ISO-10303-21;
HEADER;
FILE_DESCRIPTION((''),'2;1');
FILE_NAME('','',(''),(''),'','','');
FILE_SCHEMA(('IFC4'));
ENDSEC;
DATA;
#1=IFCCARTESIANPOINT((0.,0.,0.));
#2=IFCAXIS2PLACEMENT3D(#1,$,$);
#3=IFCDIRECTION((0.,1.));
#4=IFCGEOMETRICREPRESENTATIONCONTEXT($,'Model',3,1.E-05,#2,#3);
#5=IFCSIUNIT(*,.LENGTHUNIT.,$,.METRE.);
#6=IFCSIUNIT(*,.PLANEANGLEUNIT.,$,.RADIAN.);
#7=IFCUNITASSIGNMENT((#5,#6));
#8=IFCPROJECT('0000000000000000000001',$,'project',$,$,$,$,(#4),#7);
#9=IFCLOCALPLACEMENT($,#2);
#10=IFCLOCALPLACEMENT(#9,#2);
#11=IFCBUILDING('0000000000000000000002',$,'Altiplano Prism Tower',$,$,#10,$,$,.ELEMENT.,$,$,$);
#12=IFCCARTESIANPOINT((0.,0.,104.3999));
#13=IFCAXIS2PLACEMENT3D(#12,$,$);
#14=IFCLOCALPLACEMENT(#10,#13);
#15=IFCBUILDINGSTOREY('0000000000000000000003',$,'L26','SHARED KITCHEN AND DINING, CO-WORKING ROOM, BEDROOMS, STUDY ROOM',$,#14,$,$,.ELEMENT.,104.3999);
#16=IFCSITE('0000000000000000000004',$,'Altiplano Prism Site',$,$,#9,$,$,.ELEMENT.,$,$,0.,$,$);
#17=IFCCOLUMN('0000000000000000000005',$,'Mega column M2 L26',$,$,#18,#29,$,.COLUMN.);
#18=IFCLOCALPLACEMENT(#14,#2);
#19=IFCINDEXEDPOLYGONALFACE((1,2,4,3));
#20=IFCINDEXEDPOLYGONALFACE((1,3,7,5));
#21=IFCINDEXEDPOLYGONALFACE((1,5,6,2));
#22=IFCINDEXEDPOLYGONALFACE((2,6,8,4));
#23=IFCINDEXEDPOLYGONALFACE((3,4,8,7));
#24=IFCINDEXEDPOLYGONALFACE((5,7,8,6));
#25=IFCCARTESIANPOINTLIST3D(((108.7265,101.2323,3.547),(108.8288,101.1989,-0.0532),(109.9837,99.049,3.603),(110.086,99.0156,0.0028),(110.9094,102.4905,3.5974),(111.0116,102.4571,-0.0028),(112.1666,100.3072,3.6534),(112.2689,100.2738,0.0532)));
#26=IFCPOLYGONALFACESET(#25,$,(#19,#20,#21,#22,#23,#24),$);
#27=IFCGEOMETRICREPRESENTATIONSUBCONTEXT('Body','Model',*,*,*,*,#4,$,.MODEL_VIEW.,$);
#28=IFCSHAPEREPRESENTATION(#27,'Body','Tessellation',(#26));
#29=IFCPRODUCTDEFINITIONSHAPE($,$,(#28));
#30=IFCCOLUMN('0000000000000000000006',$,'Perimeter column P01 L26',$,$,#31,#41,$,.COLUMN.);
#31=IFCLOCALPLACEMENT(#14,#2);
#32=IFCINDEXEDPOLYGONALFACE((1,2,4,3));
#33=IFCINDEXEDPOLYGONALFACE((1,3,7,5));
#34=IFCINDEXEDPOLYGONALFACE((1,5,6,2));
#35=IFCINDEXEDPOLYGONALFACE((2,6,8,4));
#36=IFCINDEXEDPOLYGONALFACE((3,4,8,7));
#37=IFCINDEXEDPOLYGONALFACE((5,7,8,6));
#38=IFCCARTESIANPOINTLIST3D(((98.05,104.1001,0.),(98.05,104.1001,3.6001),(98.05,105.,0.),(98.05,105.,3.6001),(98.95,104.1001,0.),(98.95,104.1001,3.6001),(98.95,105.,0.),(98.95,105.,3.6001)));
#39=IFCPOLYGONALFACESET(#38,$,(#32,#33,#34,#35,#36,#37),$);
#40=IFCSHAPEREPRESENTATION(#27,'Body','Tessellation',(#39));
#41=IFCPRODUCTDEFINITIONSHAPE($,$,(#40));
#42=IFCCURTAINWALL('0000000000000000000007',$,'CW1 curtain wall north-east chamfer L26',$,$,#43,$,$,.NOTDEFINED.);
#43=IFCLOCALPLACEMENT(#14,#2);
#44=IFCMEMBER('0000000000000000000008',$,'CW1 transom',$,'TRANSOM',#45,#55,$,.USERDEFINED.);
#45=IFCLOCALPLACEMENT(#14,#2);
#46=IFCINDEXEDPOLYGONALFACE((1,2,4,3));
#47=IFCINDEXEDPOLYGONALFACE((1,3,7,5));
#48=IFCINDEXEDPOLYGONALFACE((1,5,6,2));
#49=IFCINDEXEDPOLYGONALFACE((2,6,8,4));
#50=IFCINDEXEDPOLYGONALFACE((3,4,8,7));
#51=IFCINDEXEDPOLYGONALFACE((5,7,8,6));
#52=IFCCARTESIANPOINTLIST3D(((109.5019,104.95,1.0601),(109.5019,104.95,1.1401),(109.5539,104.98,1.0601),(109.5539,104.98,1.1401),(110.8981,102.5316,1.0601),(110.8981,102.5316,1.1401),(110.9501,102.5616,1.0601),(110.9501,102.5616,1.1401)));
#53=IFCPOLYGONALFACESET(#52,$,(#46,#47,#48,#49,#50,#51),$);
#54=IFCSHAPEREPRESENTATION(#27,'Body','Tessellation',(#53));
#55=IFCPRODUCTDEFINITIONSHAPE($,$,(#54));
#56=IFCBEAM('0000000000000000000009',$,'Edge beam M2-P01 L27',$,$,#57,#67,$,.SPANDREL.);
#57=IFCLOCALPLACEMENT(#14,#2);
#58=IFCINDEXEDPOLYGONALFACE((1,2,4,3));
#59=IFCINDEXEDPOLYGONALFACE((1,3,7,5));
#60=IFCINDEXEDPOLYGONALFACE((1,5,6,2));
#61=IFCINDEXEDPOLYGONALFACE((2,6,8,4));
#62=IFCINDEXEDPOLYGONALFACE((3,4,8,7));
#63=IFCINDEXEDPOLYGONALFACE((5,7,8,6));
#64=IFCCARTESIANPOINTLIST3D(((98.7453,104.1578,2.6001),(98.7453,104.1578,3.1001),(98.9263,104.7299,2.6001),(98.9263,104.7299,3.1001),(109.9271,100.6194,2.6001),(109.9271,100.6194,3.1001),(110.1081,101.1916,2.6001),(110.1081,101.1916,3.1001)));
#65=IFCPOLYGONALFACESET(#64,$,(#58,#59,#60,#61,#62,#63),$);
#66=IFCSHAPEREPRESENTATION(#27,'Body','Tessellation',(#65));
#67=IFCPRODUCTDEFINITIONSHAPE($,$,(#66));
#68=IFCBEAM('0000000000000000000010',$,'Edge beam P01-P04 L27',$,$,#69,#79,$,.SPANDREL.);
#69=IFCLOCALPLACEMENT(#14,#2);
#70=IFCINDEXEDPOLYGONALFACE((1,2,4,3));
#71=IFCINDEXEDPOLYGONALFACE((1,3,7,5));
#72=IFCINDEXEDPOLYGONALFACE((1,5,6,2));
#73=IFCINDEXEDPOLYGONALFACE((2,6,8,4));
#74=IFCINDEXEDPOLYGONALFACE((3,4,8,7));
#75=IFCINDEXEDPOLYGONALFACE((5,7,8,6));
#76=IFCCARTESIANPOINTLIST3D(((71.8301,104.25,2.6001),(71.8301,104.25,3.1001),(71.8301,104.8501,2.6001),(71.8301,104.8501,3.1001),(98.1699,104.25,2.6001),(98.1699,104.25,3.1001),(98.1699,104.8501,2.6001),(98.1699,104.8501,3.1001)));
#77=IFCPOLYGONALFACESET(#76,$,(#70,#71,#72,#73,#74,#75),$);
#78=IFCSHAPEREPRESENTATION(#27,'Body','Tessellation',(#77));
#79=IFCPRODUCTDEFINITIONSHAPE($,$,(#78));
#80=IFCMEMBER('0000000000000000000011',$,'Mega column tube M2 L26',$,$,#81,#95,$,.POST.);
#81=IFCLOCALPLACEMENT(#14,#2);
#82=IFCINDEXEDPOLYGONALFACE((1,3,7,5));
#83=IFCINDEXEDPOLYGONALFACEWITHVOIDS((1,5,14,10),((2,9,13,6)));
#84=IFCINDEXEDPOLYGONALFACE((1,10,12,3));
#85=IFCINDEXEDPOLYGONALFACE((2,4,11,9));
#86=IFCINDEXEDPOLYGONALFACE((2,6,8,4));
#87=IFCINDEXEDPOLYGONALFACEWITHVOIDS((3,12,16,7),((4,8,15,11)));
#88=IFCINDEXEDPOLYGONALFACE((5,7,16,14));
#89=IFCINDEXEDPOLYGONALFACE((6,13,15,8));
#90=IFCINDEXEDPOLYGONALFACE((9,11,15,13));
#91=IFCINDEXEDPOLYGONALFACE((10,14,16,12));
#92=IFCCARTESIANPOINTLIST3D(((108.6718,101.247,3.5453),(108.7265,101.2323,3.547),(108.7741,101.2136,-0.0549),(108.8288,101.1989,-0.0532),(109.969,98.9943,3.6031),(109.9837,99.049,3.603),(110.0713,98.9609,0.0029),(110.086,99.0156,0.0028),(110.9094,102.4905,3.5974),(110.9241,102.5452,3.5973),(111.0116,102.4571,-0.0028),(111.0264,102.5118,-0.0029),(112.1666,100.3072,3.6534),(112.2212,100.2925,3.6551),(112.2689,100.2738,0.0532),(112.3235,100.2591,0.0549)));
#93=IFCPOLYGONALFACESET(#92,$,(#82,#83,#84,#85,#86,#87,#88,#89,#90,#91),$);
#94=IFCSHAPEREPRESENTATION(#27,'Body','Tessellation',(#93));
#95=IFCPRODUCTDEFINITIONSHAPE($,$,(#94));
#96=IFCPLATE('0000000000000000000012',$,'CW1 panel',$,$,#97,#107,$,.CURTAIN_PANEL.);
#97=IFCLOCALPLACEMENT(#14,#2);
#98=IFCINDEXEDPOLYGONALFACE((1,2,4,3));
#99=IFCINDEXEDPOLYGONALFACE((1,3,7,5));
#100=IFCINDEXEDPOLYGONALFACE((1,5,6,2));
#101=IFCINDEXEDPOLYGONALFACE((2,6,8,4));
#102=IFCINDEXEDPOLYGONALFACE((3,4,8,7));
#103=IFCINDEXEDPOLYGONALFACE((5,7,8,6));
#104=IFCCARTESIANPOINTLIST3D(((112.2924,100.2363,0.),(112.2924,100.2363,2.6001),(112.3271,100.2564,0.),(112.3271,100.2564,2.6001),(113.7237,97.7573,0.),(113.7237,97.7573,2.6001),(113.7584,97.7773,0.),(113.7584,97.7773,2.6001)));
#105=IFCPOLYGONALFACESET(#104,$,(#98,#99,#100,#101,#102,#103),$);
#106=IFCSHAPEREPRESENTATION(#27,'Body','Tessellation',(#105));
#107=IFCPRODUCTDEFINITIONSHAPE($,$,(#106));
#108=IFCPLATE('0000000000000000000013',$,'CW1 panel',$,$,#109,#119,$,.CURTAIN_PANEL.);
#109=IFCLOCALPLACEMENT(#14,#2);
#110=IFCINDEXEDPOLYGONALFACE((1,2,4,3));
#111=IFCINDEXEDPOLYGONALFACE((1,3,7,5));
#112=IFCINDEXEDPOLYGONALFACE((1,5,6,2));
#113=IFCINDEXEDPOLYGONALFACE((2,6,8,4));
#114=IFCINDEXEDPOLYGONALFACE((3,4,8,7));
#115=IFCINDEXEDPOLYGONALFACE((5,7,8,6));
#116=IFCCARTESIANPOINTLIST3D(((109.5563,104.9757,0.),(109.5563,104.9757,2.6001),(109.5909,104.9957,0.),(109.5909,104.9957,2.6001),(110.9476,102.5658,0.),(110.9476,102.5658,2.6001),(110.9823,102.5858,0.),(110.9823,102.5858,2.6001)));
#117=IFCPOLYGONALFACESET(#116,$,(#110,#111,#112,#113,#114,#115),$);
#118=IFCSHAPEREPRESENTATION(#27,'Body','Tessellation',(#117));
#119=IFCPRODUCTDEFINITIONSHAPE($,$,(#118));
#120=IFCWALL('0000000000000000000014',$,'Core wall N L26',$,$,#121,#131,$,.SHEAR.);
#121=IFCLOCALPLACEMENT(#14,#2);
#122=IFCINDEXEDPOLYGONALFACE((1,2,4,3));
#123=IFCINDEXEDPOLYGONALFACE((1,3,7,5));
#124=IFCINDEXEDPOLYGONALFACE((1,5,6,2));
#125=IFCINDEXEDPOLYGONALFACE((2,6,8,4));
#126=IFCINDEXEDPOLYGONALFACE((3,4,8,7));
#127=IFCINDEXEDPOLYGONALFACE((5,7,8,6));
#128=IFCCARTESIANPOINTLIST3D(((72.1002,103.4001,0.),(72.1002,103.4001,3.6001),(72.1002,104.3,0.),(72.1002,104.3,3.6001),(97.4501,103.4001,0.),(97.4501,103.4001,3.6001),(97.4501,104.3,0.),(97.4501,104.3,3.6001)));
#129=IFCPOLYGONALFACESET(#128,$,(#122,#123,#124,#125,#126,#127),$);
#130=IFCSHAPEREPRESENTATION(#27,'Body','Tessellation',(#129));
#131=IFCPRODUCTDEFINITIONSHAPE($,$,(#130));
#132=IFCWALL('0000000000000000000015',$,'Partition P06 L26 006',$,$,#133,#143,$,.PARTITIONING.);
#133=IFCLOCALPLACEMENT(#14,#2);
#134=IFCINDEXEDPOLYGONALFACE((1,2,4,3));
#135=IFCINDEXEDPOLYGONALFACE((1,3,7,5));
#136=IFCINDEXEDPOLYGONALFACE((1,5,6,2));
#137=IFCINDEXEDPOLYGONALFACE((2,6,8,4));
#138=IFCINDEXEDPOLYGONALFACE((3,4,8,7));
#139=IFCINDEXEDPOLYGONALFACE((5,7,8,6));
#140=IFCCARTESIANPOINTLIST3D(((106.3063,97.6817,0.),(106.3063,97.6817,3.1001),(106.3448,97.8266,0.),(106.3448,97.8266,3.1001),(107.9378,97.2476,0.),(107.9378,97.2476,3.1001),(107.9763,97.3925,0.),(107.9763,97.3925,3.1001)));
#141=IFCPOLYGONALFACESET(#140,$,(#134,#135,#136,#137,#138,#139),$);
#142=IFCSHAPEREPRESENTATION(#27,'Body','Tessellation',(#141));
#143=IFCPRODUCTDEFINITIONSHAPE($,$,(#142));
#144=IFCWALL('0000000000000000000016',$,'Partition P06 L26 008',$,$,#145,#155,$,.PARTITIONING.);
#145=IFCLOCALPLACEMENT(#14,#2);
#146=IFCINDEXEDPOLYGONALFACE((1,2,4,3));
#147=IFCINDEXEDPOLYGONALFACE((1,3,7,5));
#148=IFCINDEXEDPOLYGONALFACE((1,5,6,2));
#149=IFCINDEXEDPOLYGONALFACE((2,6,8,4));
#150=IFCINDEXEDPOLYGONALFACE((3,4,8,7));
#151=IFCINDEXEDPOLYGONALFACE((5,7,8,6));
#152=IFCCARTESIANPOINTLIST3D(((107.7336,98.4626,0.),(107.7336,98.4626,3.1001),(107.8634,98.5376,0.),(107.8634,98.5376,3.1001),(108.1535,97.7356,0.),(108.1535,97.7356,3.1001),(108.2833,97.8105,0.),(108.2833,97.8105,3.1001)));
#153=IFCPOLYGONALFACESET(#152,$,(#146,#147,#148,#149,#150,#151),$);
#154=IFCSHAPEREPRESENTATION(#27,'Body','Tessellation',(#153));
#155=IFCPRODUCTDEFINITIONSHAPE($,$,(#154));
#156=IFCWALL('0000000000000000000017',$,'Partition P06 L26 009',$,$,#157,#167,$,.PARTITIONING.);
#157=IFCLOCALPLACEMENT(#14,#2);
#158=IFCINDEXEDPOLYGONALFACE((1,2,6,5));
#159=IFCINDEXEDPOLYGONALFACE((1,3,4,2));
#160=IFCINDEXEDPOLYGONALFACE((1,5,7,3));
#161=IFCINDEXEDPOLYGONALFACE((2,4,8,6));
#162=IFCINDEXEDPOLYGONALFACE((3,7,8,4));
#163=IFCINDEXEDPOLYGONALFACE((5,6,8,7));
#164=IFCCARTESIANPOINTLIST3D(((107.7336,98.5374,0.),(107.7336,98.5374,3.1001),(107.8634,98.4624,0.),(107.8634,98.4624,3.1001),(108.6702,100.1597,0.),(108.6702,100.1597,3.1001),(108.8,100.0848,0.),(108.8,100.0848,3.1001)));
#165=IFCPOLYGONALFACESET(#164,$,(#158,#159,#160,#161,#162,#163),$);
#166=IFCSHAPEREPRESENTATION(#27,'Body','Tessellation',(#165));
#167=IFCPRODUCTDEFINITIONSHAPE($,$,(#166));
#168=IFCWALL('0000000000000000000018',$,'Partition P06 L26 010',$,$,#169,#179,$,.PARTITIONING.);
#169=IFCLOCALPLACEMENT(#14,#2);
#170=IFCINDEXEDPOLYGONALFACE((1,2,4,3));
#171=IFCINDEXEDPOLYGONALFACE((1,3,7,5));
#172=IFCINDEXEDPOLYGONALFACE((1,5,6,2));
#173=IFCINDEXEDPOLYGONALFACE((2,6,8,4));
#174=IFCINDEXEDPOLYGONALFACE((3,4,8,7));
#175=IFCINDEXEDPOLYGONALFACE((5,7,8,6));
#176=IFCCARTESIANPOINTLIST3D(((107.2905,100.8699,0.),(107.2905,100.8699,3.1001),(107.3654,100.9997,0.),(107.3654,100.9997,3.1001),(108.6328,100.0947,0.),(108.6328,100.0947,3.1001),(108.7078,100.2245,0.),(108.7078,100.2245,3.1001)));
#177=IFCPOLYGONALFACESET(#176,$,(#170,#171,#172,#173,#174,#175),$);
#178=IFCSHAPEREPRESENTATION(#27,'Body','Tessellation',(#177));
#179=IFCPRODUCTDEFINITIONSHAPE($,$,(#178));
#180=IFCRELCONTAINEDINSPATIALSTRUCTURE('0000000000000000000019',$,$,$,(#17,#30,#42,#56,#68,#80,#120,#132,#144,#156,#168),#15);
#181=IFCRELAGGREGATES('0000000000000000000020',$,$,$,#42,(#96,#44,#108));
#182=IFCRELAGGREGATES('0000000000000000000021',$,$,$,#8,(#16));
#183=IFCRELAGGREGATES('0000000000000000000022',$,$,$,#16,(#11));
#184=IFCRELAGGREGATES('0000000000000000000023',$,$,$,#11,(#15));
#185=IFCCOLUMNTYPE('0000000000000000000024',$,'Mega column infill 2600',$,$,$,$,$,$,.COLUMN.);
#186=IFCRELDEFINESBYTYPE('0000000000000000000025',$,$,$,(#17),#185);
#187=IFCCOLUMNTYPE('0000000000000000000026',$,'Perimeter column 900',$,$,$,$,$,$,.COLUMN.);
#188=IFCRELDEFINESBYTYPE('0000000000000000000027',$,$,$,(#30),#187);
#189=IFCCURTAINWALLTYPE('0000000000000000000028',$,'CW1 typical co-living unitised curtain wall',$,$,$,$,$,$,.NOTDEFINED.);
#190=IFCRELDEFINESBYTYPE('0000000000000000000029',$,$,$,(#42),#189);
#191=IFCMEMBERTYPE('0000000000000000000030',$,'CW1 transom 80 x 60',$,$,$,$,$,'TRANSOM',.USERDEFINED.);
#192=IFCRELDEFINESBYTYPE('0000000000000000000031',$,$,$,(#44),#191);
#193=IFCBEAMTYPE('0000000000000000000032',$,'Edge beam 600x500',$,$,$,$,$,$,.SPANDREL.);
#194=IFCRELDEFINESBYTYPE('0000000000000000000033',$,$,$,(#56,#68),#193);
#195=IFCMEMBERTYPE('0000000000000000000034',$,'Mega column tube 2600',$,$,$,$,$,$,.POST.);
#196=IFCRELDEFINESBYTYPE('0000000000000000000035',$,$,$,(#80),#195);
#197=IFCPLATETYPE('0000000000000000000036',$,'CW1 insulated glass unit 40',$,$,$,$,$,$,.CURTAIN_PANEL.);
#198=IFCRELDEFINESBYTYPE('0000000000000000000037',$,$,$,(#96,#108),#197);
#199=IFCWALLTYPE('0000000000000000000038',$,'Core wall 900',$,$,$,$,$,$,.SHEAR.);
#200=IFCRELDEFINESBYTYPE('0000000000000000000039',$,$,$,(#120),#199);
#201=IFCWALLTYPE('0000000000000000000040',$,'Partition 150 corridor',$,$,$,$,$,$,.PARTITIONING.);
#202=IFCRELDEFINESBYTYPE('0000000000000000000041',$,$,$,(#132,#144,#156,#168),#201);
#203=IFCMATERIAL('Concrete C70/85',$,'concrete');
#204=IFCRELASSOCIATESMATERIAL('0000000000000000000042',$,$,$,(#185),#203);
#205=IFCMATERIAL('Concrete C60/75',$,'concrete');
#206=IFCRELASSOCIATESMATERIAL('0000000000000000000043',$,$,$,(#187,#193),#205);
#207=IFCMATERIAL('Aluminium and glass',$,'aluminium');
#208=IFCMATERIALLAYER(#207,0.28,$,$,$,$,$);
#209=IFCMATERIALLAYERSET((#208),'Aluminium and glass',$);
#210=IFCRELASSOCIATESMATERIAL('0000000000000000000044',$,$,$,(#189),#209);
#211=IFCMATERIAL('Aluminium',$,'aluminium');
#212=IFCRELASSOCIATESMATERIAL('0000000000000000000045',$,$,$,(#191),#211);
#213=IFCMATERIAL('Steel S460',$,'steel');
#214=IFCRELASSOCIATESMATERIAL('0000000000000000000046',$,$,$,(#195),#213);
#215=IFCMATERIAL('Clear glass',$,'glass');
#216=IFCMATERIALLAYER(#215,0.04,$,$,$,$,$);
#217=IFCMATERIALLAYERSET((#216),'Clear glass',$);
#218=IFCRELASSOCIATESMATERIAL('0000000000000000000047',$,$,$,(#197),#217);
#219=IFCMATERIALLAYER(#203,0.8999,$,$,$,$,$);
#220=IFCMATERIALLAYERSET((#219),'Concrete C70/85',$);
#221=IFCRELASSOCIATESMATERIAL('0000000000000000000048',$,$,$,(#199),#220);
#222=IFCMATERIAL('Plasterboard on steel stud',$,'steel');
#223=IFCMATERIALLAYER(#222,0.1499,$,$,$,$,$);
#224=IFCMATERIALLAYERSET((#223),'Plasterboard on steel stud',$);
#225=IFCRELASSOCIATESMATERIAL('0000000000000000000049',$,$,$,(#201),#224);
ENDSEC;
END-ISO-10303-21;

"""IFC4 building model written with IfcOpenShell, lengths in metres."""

from ifc_helpers import new_model, si_unit, direction, frame, frame_2d, origin, origin_2d, place, context, subcontext, project, spatial, rectangle, hollow_rectangle, extrude, material, layer, layer_set, material_profile, profile_set, type_object, element, aggregate, save


model = new_model("IFC4")

# Units and contexts
model_context = context("Model", 3, precision=1e-05, world=origin(), true_north=direction((0.0, 1.0)))
body_context = subcontext(model_context, "Body", "Model", "MODEL_VIEW")
ifc_project = project(units=[si_unit("LENGTHUNIT", "METRE"), si_unit("PLANEANGLEUNIT", "RADIAN")], contexts=[model_context])

# Site, building, storey
site_placement = place(None, origin())
site = spatial("IfcSite", under=ifc_project, at=site_placement, Name="Altiplano Prism Site", CompositionType="ELEMENT", RefElevation=0.0)
building_placement = place(site_placement, origin())
building = spatial("IfcBuilding", under=site, at=building_placement, Name="Altiplano Prism Tower", CompositionType="ELEMENT")
storey_placement = place(building_placement, frame((0.0, 0.0, 104.3999)))
storey = spatial("IfcBuildingStorey", under=building, at=storey_placement, Name="L26", Description="SHARED KITCHEN AND DINING, CO-WORKING ROOM, BEDROOMS, STUDY ROOM", CompositionType="ELEMENT", Elevation=104.3999)

# Columns
ifc_material_1 = material(Name="Concrete C70/85", Category="concrete")
ifc_material_profile_1 = material_profile(ifc_material_1, rectangle(XDim=2.52, YDim=2.52, at=origin_2d()), Name="Mega column infill 2600")
ifc_profile_set_1 = profile_set([ifc_material_profile_1], Name="Concrete C70/85")
column_type_1 = type_object("IfcColumnType", Name="Mega column infill 2600", PredefinedType="COLUMN", material=ifc_profile_set_1)
column_1_placement = place(storey_placement, frame((110.5488, 100.7363, 0.0), z_axis=(-0.028402, 0.009287, 0.999553), x_axis=(0.498886, -0.866382, 0.022225)))
element("IfcColumn", 1, at=column_1_placement, inside=storey, type_object=column_type_1, Name="Mega column M2 L26", PredefinedType="COLUMN", context=body_context, shape_type="SweptSolid", body=[
    extrude(rectangle(XDim=2.52, YDim=2.52, at=origin_2d()), origin(), (0.0, 0.0, 1.0), 3.6018),
])
ifc_material_2 = material(Name="Concrete C60/75", Category="concrete")
ifc_material_profile_2 = material_profile(ifc_material_2, rectangle(XDim=0.8999, YDim=0.8999, at=origin_2d()), Name="Perimeter column 900")
ifc_profile_set_2 = profile_set([ifc_material_profile_2], Name="Concrete C60/75")
column_type_2 = type_object("IfcColumnType", Name="Perimeter column 900", PredefinedType="COLUMN", material=ifc_profile_set_2)
column_2_placement = place(storey_placement, frame((98.5, 104.55, 0.0), z_axis=(0.0, 0.0, 1.0), x_axis=(1.0, 0.0, 0.0)))
element("IfcColumn", 2, at=column_2_placement, inside=storey, type_object=column_type_2, Name="Perimeter column P01 L26", PredefinedType="COLUMN", context=body_context, shape_type="SweptSolid", body=[
    extrude(rectangle(XDim=0.8999, YDim=0.8999, at=origin_2d()), origin(), (0.0, 0.0, 1.0), 3.6001),
])

# Curtain wall, member
ifc_material_3 = material(Name="Aluminium and glass", Category="aluminium")
ifc_layer_1 = layer(ifc_material_3, 0.28)
ifc_layer_set_1 = layer_set([ifc_layer_1], Name="Aluminium and glass")
curtain_wall_type = type_object("IfcCurtainWallType", Name="CW1 typical co-living unitised curtain wall", PredefinedType="NOTDEFINED", material=ifc_layer_set_1)
curtain_wall_placement = place(storey_placement, origin())
curtain_wall = element("IfcCurtainWall", 3, at=curtain_wall_placement, inside=storey, type_object=curtain_wall_type, Name="CW1 curtain wall north-east chamfer L26", PredefinedType="NOTDEFINED")
ifc_material_4 = material(Name="Aluminium", Category="aluminium")
ifc_material_profile_3 = material_profile(ifc_material_4, rectangle(XDim=0.0601, YDim=0.0801, at=origin_2d()), Name="CW1 transom 80 x 60")
ifc_profile_set_3 = profile_set([ifc_material_profile_3], Name="Aluminium")
member_type_1 = type_object("IfcMemberType", Name="CW1 transom 80 x 60", ElementType="TRANSOM", PredefinedType="USERDEFINED", material=ifc_profile_set_3)
member_1_placement = place(storey_placement, frame((110.9241, 102.5466, 1.1001), z_axis=(-0.499985, 0.866034, 0.0), x_axis=(-0.866034, -0.499985, 0.0)))
member_1 = element("IfcMember", 4, at=member_1_placement, type_object=member_type_1, Name="CW1 transom", ObjectType="TRANSOM", PredefinedType="USERDEFINED", context=body_context, shape_type="SweptSolid", body=[
    extrude(rectangle(XDim=0.0601, YDim=0.0801, at=origin_2d()), origin(), (0.0, 0.0, 1.0), 2.7925),
])

# Beams
ifc_material_profile_4 = material_profile(ifc_material_2, rectangle(XDim=0.6001, YDim=0.5, at=origin_2d()), Name="Edge beam 600x500")
ifc_profile_set_4 = profile_set([ifc_material_profile_4], Name="Concrete C60/75")
beam_type = type_object("IfcBeamType", Name="Edge beam 600x500", PredefinedType="SPANDREL", material=ifc_profile_set_4)
beam_1_placement = place(storey_placement, frame((110.0176, 100.9055, 2.8501), z_axis=(-0.953406, 0.30169, 0.0), x_axis=(-0.30169, -0.953406, 0.0)))
element("IfcBeam", 5, at=beam_1_placement, inside=storey, type_object=beam_type, Name="Edge beam M2-P01 L27", PredefinedType="SPANDREL", context=body_context, shape_type="SweptSolid", body=[
    extrude(rectangle(XDim=0.6001, YDim=0.5, at=origin_2d()), origin(), (0.0, 0.0, 1.0), 11.7283),
])
beam_2_placement = place(storey_placement, frame((98.1699, 104.55, 2.8501), z_axis=(-1.0, 0.0, 0.0), x_axis=(0.0, -1.0, 0.0)))
element("IfcBeam", 6, at=beam_2_placement, inside=storey, type_object=beam_type, Name="Edge beam P01-P04 L27", PredefinedType="SPANDREL", context=body_context, shape_type="SweptSolid", body=[
    extrude(rectangle(XDim=0.6001, YDim=0.5, at=origin_2d()), origin(), (0.0, 0.0, 1.0), 26.3398),
])

# Member
ifc_material_5 = material(Name="Steel S460", Category="steel")
ifc_material_profile_5 = material_profile(ifc_material_5, hollow_rectangle(XDim=2.6001, YDim=2.6001, WallThickness=0.04, at=origin_2d()), Name="Mega column tube 2600")
ifc_profile_set_5 = profile_set([ifc_material_profile_5], Name="Steel S460")
member_type_2 = type_object("IfcMemberType", Name="Mega column tube 2600", PredefinedType="POST", material=ifc_profile_set_5)
member_2_placement = place(storey_placement, frame((110.5488, 100.7363, 0.0), z_axis=(-0.028402, 0.009287, 0.999553), x_axis=(0.498886, -0.866382, 0.022225)))
element("IfcMember", 7, at=member_2_placement, inside=storey, type_object=member_type_2, Name="Mega column tube M2 L26", PredefinedType="POST", context=body_context, shape_type="SweptSolid", body=[
    extrude(hollow_rectangle(XDim=2.6001, YDim=2.6001, WallThickness=0.04, at=origin_2d()), origin(), (0.0, 0.0, 1.0), 3.6018),
])

# Plates
ifc_material_6 = material(Name="Clear glass", Category="glass")
ifc_layer_2 = layer(ifc_material_6, 0.04)
ifc_layer_set_2 = layer_set([ifc_layer_2], Name="Clear glass")
plate_type = type_object("IfcPlateType", Name="CW1 insulated glass unit 40", PredefinedType="CURTAIN_PANEL", material=ifc_layer_set_2)
plate_1_placement = place(storey_placement, frame((113.0254, 99.0068, 0.0), z_axis=(0.0, 0.0, 1.0), x_axis=(-0.5, 0.866025, 0.0)))
plate_1 = element("IfcPlate", 8, at=plate_1_placement, type_object=plate_type, Name="CW1 panel", PredefinedType="CURTAIN_PANEL", context=body_context, shape_type="SweptSolid", body=[
    extrude(rectangle(XDim=2.8625, YDim=0.04, at=origin_2d()), origin(), (0.0, 0.0, 1.0), 2.6001),
])
plate_2_placement = place(storey_placement, frame((110.2693, 103.7808, 0.0), z_axis=(0.0, 0.0, 1.0), x_axis=(-0.5, 0.866025, 0.0)))
plate_2 = element("IfcPlate", 9, at=plate_2_placement, type_object=plate_type, Name="CW1 panel", PredefinedType="CURTAIN_PANEL", context=body_context, shape_type="SweptSolid", body=[
    extrude(rectangle(XDim=2.7827, YDim=0.04, at=origin_2d()), origin(), (0.0, 0.0, 1.0), 2.6001),
])
aggregate(curtain_wall, [plate_1, member_1, plate_2])

# Walls
ifc_layer_3 = layer(ifc_material_1, 0.8999)
ifc_layer_set_3 = layer_set([ifc_layer_3], Name="Concrete C70/85")
wall_type_1 = type_object("IfcWallType", Name="Core wall 900", PredefinedType="SHEAR", material=ifc_layer_set_3)
wall_1_placement = place(storey_placement, frame((97.45, 103.8501, 0.0), z_axis=(0.0, 0.0, 1.0), x_axis=(-1.0, 0.0, 0.0)))
element("IfcWall", 10, at=wall_1_placement, inside=storey, type_object=wall_type_1, Name="Core wall N L26", PredefinedType="SHEAR", context=body_context, shape_type="SweptSolid", body=[
    extrude(rectangle(XDim=25.3499, YDim=0.8999, at=frame_2d((12.6748, 0.0))), origin(), (0.0, 0.0, 1.0), 3.6001),
])
ifc_material_7 = material(Name="Plasterboard on steel stud", Category="steel")
ifc_layer_4 = layer(ifc_material_7, 0.1499)
ifc_layer_set_4 = layer_set([ifc_layer_4], Name="Plasterboard on steel stud")
wall_type_2 = type_object("IfcWallType", Name="Partition 150 corridor", PredefinedType="PARTITIONING", material=ifc_layer_set_4)
wall_2_placement = place(storey_placement, frame((106.3254, 97.7542, 0.0), z_axis=(0.0, 0.0, 1.0), x_axis=(0.966384, -0.257105, 0.0)))
element("IfcWall", 11, at=wall_2_placement, inside=storey, type_object=wall_type_2, Name="Partition P06 L26 006", PredefinedType="PARTITIONING", context=body_context, shape_type="SweptSolid", body=[
    extrude(rectangle(XDim=1.6882, YDim=0.1499, at=frame_2d((0.8442, 0.0))), origin(), (0.0, 0.0, 1.0), 3.1001),
])
wall_3_placement = place(storey_placement, frame((108.2185, 97.7729, 0.0), z_axis=(0.0, 0.0, 1.0), x_axis=(-0.500142, 0.865943, 0.0)))
element("IfcWall", 12, at=wall_3_placement, inside=storey, type_object=wall_type_2, Name="Partition P06 L26 008", PredefinedType="PARTITIONING", context=body_context, shape_type="SweptSolid", body=[
    extrude(rectangle(XDim=0.8396, YDim=0.1499, at=frame_2d((0.4199, 0.0))), origin(), (0.0, 0.0, 1.0), 3.1001),
])
wall_4_placement = place(storey_placement, frame((107.7986, 98.5, 0.0), z_axis=(0.0, 0.0, 1.0), x_axis=(0.499952, 0.866053, 0.0)))
element("IfcWall", 13, at=wall_4_placement, inside=storey, type_object=wall_type_2, Name="Partition P06 L26 009", PredefinedType="PARTITIONING", context=body_context, shape_type="SweptSolid", body=[
    extrude(rectangle(XDim=1.8733, YDim=0.1499, at=frame_2d((0.9365, 0.0))), origin(), (0.0, 0.0, 1.0), 3.1001),
])
wall_5_placement = place(storey_placement, frame((108.6702, 100.1597, 0.0), z_axis=(0.0, 0.0, 1.0), x_axis=(-0.865976, 0.500086, 0.0)))
element("IfcWall", 14, at=wall_5_placement, inside=storey, type_object=wall_type_2, Name="Partition P06 L26 010", PredefinedType="PARTITIONING", context=body_context, shape_type="SweptSolid", body=[
    extrude(rectangle(XDim=1.55, YDim=0.1499, at=frame_2d((0.7749, 0.0))), origin(), (0.0, 0.0, 1.0), 3.1001),
])

save(model, "model.ifc")
